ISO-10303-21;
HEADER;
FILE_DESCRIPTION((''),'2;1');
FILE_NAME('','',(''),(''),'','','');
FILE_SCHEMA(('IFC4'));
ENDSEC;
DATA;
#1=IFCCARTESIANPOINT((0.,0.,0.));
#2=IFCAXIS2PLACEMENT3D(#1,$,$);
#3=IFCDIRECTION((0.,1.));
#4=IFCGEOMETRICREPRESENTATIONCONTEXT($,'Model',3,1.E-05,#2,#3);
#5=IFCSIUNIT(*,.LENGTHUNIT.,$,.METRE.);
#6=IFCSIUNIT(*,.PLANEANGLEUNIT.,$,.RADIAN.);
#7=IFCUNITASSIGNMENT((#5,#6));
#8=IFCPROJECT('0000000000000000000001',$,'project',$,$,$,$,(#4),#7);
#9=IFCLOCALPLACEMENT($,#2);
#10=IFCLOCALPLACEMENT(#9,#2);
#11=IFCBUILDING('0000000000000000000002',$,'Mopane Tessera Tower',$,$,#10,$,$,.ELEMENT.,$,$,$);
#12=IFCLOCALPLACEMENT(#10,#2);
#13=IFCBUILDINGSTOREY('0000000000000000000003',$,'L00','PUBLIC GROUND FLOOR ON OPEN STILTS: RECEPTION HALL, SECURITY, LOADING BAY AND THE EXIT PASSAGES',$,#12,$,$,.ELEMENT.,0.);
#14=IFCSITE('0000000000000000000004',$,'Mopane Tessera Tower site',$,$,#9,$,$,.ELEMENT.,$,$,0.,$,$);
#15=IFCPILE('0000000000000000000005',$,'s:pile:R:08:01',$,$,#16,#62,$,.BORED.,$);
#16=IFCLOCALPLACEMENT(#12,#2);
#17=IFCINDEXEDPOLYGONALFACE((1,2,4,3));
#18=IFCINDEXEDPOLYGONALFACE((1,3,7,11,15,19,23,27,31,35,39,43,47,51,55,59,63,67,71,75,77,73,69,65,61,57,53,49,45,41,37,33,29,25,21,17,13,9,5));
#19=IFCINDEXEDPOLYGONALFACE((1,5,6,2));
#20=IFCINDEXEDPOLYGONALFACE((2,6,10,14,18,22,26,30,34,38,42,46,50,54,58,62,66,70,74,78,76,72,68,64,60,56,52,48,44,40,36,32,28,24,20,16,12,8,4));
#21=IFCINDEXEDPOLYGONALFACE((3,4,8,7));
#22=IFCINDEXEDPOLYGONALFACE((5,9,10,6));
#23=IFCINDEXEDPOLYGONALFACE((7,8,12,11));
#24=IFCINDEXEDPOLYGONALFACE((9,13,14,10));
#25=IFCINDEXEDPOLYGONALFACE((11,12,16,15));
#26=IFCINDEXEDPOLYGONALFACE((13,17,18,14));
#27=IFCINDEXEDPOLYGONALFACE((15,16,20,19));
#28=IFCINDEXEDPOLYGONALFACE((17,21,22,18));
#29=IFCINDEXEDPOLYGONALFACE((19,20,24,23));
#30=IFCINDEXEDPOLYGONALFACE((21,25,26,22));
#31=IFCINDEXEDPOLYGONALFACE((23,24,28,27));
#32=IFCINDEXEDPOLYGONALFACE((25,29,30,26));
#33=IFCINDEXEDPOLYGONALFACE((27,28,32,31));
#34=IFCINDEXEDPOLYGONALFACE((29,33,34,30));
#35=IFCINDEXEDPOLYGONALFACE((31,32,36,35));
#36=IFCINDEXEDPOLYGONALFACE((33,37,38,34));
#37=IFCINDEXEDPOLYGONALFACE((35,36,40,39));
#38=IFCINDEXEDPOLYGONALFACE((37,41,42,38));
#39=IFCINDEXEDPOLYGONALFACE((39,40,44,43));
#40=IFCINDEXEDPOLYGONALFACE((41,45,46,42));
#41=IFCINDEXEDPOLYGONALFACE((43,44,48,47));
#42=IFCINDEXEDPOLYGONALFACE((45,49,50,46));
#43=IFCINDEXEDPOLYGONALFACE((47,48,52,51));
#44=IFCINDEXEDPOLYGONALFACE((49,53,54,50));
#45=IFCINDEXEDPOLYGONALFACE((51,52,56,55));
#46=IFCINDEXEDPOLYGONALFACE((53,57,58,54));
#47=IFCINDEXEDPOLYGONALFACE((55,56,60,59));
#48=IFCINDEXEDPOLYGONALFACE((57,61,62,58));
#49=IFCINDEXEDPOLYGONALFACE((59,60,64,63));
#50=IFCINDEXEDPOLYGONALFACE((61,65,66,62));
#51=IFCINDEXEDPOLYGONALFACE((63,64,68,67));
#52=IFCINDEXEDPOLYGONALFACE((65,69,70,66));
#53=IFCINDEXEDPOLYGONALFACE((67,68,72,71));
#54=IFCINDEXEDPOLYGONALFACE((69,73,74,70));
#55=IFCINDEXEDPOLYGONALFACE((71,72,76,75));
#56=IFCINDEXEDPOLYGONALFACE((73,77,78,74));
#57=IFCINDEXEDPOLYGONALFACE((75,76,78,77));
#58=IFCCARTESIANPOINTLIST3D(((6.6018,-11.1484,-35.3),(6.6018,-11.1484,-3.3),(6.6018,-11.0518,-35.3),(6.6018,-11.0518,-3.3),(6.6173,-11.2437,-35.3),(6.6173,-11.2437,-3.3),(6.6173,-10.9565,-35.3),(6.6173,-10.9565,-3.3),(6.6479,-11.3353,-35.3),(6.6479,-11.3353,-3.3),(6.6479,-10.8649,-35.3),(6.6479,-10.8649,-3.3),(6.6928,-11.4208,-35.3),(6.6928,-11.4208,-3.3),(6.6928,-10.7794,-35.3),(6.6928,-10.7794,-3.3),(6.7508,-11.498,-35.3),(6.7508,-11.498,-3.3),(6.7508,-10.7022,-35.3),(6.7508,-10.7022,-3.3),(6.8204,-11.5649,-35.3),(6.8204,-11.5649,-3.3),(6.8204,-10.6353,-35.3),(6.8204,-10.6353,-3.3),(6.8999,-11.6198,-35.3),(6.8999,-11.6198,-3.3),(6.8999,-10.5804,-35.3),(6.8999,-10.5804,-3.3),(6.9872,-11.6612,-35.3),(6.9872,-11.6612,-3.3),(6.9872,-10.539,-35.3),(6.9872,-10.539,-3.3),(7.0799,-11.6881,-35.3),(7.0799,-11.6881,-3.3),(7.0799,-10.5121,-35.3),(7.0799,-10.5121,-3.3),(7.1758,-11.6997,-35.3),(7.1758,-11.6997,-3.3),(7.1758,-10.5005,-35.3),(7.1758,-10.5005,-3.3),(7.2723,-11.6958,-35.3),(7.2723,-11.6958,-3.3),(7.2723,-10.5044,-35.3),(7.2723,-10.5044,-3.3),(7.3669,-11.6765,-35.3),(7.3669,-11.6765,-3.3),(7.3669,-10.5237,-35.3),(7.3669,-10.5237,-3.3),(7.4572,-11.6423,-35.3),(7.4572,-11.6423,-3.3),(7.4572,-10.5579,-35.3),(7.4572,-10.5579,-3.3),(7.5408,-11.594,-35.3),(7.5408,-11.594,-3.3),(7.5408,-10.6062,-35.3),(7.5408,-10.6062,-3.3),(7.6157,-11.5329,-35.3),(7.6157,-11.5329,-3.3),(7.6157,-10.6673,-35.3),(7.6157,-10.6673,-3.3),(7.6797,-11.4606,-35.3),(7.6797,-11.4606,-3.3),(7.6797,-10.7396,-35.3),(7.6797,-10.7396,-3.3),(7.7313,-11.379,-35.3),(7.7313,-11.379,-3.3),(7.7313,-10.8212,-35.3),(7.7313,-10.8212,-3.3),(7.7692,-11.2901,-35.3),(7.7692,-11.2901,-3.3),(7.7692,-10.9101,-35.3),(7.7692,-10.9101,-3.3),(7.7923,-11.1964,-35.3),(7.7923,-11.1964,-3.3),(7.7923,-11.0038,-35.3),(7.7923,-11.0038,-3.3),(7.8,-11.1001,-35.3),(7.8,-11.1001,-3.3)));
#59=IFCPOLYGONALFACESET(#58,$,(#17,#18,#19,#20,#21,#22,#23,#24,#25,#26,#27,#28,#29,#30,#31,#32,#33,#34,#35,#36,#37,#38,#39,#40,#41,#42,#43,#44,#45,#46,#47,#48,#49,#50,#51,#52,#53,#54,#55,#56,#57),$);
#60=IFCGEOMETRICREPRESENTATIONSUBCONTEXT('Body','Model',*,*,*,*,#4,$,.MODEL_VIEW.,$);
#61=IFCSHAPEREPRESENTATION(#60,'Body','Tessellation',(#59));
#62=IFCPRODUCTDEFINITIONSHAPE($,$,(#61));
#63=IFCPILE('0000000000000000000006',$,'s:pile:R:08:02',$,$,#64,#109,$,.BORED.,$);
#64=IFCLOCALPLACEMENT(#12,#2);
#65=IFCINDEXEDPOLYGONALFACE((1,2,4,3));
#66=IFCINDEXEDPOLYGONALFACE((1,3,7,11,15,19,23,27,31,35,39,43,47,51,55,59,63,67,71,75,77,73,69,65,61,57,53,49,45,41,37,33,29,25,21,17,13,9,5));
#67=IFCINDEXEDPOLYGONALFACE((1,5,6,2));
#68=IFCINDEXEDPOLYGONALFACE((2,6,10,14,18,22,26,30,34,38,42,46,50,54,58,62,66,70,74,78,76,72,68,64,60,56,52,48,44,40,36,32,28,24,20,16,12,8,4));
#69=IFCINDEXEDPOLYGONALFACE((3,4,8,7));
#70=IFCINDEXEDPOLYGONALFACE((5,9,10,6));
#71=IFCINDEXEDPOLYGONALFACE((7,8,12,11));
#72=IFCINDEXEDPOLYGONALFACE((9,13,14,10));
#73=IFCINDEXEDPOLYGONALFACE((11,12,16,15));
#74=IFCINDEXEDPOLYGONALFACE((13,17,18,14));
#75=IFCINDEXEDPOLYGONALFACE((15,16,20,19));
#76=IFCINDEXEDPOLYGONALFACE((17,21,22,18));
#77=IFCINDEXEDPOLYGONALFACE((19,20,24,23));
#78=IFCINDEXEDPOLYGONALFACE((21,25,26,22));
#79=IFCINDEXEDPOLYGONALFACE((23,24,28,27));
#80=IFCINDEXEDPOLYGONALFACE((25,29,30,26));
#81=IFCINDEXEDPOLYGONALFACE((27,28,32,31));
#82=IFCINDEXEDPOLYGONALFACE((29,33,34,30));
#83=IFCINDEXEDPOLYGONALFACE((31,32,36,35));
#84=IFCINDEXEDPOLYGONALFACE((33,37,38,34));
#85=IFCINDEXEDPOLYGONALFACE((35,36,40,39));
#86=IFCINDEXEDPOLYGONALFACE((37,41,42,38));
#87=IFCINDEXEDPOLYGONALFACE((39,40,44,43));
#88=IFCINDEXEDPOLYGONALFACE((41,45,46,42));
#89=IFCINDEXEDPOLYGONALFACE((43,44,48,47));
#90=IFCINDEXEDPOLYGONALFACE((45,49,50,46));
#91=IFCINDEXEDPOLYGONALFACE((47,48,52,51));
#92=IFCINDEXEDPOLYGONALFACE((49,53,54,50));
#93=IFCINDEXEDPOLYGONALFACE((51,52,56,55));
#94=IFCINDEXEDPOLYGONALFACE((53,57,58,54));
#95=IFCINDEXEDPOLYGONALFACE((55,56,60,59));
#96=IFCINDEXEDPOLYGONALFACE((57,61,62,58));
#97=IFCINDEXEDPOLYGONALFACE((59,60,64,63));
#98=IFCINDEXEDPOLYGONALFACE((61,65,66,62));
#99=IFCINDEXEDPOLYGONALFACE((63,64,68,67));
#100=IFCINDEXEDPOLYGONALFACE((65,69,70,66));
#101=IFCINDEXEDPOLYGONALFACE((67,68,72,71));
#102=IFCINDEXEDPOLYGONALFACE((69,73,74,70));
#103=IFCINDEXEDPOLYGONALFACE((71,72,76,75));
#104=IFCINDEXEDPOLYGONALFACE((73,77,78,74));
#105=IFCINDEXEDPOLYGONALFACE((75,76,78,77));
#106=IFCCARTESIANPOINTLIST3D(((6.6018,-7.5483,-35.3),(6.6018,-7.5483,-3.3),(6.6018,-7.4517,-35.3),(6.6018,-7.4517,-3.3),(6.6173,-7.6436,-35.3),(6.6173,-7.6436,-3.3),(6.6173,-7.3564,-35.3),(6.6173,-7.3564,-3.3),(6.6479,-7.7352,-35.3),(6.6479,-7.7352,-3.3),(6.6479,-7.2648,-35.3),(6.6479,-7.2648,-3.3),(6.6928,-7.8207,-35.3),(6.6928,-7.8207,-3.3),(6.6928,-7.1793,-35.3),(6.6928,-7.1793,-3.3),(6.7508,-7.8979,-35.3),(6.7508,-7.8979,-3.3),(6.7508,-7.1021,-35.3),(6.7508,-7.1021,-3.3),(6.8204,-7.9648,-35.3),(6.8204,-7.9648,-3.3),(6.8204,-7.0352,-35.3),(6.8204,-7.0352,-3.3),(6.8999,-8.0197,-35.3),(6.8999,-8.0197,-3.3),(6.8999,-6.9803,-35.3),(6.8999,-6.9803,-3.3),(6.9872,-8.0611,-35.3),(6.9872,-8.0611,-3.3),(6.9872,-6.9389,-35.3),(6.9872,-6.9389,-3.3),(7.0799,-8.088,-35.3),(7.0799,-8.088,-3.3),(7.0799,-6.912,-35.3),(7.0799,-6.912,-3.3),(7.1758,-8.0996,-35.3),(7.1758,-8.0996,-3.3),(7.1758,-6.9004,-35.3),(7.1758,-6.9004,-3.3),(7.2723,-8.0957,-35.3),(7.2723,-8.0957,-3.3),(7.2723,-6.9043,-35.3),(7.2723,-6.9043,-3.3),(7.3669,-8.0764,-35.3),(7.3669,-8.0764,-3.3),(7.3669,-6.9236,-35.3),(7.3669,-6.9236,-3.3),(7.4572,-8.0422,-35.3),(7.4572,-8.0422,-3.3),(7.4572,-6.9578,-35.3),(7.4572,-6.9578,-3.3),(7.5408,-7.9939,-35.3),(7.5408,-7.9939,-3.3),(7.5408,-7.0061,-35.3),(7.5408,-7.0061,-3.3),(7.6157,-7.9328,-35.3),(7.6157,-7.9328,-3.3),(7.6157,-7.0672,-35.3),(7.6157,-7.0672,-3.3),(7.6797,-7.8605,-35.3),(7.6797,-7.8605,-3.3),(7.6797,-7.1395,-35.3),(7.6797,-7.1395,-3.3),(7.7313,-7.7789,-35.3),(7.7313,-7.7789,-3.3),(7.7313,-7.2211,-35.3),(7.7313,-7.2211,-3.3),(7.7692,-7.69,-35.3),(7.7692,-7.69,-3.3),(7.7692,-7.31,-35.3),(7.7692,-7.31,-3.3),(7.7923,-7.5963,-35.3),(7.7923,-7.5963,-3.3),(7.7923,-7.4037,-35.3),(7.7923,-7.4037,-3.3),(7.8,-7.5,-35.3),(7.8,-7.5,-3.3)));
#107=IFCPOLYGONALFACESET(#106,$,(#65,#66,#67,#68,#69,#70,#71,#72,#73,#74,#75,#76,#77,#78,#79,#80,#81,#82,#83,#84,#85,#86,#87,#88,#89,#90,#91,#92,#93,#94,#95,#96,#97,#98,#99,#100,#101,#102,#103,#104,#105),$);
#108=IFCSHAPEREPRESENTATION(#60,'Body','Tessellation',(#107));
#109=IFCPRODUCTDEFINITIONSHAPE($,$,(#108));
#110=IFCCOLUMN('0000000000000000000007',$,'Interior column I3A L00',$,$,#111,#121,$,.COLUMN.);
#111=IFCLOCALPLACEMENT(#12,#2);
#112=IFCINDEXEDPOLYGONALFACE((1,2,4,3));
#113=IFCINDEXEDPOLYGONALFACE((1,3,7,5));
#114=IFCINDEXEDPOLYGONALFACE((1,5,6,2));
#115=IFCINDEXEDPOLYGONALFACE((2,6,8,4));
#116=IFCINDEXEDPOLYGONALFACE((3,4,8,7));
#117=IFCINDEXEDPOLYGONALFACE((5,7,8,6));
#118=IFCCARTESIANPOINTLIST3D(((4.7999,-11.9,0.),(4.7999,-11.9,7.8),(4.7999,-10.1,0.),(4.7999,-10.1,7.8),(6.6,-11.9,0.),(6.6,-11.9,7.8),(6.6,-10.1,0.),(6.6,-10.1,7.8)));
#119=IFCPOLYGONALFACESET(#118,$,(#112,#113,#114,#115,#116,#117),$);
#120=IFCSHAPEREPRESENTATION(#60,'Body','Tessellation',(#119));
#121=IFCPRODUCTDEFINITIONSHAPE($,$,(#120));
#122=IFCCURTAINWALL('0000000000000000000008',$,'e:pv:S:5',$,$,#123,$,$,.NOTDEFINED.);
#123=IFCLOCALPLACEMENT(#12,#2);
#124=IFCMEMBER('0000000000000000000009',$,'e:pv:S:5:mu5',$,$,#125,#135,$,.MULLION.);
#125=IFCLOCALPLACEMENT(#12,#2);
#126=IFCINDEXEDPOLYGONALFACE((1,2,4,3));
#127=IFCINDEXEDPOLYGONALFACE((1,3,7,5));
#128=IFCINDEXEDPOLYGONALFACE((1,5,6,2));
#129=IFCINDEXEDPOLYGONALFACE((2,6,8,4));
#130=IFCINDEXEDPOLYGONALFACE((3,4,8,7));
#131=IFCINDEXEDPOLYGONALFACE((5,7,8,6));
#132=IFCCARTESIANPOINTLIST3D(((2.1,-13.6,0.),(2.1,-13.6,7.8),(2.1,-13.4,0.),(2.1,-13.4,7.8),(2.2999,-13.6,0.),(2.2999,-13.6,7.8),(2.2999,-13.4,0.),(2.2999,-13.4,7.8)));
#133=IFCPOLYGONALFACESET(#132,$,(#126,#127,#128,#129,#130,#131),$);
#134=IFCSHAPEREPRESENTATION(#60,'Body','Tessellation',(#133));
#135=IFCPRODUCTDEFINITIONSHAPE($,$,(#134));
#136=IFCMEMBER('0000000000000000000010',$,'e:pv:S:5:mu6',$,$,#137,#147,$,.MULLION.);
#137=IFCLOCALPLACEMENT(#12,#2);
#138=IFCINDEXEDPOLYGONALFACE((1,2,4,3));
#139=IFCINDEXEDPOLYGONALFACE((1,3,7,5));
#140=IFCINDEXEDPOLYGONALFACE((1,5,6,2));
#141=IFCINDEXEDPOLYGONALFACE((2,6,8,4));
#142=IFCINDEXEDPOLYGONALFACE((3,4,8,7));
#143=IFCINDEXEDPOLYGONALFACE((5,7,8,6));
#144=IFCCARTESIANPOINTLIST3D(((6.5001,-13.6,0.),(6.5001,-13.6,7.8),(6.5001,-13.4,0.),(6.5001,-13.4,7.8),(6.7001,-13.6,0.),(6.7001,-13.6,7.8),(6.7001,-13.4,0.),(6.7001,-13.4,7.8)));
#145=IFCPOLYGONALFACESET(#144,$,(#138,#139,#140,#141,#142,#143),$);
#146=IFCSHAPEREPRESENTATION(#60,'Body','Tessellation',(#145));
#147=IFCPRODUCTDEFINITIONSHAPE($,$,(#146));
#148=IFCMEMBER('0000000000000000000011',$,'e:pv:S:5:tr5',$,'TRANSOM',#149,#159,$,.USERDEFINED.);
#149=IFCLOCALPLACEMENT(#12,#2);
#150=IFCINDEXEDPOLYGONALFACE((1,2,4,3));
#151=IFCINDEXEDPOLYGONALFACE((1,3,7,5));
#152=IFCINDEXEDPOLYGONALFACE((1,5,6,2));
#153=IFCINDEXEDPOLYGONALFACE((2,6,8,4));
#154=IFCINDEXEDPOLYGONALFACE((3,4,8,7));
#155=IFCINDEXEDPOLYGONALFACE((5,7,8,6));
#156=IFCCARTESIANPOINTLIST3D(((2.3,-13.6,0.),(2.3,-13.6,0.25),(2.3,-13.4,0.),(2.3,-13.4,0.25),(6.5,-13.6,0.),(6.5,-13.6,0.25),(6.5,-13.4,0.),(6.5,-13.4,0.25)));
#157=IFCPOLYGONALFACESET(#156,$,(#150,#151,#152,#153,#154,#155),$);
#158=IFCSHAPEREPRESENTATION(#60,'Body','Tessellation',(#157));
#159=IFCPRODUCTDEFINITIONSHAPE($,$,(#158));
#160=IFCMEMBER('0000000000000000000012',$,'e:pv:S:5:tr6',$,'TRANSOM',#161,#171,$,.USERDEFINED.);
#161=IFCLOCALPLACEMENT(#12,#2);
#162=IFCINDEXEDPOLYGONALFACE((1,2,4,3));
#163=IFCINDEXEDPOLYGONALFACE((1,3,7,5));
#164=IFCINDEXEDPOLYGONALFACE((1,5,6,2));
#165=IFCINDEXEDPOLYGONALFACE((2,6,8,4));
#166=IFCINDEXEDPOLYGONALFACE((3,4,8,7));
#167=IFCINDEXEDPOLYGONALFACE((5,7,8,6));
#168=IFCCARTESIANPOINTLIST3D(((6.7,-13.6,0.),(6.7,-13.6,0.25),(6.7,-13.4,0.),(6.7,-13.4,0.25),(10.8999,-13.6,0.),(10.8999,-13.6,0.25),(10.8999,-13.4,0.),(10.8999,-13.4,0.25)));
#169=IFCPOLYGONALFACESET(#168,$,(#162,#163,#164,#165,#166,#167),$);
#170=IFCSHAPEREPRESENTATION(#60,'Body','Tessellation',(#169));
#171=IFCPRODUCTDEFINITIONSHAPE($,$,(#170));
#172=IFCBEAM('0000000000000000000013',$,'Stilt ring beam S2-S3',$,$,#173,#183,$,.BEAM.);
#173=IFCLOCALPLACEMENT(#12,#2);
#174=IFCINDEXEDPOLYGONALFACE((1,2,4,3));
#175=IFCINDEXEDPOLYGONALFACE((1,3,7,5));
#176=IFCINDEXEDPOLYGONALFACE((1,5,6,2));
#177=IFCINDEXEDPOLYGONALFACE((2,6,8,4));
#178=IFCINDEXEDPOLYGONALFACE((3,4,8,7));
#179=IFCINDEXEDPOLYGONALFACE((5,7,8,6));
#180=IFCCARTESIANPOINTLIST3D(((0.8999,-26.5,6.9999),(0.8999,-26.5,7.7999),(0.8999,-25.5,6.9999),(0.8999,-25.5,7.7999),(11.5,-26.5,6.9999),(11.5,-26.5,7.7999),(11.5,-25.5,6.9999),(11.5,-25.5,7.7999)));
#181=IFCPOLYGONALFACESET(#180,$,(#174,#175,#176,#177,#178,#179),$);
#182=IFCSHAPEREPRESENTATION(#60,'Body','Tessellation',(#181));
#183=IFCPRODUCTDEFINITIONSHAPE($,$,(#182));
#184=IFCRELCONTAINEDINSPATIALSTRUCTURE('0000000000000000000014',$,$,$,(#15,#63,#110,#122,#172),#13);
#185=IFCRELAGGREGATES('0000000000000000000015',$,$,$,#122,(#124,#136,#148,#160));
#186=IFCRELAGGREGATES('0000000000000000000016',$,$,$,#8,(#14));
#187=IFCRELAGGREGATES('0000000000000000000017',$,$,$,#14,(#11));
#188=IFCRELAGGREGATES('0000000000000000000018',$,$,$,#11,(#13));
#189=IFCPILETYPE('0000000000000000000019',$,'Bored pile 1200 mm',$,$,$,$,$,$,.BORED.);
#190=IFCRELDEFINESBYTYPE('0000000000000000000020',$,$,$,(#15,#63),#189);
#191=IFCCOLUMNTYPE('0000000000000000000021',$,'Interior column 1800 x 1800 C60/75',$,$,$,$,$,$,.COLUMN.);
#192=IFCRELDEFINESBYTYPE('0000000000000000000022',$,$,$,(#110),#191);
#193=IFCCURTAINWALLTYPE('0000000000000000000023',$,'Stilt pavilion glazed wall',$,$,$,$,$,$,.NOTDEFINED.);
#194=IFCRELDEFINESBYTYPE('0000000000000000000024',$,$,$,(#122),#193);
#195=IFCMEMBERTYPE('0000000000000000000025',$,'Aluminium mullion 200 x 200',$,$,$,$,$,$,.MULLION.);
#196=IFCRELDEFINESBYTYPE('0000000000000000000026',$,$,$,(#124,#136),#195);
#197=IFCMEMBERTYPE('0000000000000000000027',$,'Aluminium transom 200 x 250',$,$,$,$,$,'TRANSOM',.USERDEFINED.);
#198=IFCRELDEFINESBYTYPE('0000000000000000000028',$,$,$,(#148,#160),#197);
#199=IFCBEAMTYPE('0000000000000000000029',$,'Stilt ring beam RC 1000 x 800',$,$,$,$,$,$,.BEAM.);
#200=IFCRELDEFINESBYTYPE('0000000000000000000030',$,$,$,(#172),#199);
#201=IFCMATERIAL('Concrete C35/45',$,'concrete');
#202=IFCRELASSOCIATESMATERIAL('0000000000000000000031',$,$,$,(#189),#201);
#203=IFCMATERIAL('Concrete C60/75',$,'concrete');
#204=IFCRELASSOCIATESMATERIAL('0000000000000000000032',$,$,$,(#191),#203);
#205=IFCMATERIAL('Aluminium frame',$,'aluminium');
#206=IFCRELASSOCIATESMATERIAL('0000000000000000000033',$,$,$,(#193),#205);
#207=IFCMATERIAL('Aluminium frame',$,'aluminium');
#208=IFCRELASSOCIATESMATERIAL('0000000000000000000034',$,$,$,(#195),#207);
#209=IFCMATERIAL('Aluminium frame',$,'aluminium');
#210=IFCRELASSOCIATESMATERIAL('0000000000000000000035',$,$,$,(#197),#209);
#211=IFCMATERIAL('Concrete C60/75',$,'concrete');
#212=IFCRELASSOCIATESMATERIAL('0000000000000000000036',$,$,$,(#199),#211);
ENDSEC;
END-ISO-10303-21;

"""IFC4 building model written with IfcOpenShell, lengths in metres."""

from ifc_helpers import new_model, si_unit, direction, frame, origin, origin_2d, place, context, subcontext, project, spatial, rectangle, circle, extrude, material, material_profile, profile_set, type_object, element, aggregate, save


model = new_model("IFC4")

# Units and contexts
model_context = context("Model", 3, precision=1e-05, world=origin(), true_north=direction((0.0, 1.0)))
body_context = subcontext(model_context, "Body", "Model", "MODEL_VIEW")
ifc_project = project(units=[si_unit("LENGTHUNIT", "METRE"), si_unit("PLANEANGLEUNIT", "RADIAN")], contexts=[model_context])

# Site, building, storey
site_placement = place(None, origin())
site = spatial("IfcSite", under=ifc_project, at=site_placement, Name="Mopane Tessera Tower site", CompositionType="ELEMENT", RefElevation=0.0)
building_placement = place(site_placement, origin())
building = spatial("IfcBuilding", under=site, at=building_placement, Name="Mopane Tessera Tower", CompositionType="ELEMENT")
storey_placement = place(building_placement, origin())
storey = spatial("IfcBuildingStorey", under=building, at=storey_placement, Name="L00", Description="PUBLIC GROUND FLOOR ON OPEN STILTS: RECEPTION HALL, SECURITY, LOADING BAY AND THE EXIT PASSAGES", CompositionType="ELEMENT", Elevation=0.0)

# Piles
ifc_material_1 = material(Name="Concrete C35/45", Category="concrete")
ifc_material_profile_1 = material_profile(ifc_material_1, circle(Radius=0.6001, at=origin_2d()))
ifc_profile_set_1 = profile_set([ifc_material_profile_1], Name="Concrete C35/45")
pile_type_1 = type_object("IfcPileType", Name="Bored pile 1200 mm", PredefinedType="BORED", material=ifc_profile_set_1)
for number, where, z_axis, x_axis, name in (
    (1, (7.2, -11.1001, -3.3), (0.0, 0.0, -1.0), (1.0, 0.0, 0.0), "s:pile:R:08:01"),
    (2, (7.2, -7.5, -3.3), (0.0, 0.0, -1.0), (1.0, 0.0, 0.0), "s:pile:R:08:02"),
):
    element("IfcPile", number, at=place(storey_placement, frame(where, z_axis=z_axis, x_axis=x_axis)), inside=storey, type_object=pile_type_1, Name=name, PredefinedType="BORED", context=body_context, shape_type="SweptSolid", body=[
        extrude(circle(Radius=0.6001, at=origin_2d()), origin(), (0.0, 0.0, 1.0), 32.0),
    ])

# Column
ifc_material_2 = material(Name="Concrete C60/75", Category="concrete")
ifc_material_profile_2 = material_profile(ifc_material_2, rectangle(XDim=1.8, YDim=1.8, at=origin_2d()))
ifc_profile_set_2 = profile_set([ifc_material_profile_2], Name="Concrete C60/75")
column_type = type_object("IfcColumnType", Name="Interior column 1800 x 1800 C60/75", PredefinedType="COLUMN", material=ifc_profile_set_2)
column_placement = place(storey_placement, frame((5.7, -11.0, 0.0), z_axis=(0.0, 0.0, 1.0), x_axis=(1.0, 0.0, 0.0)))
element("IfcColumn", 3, at=column_placement, inside=storey, type_object=column_type, Name="Interior column I3A L00", PredefinedType="COLUMN", context=body_context, shape_type="SweptSolid", body=[
    extrude(rectangle(XDim=1.8, YDim=1.8, at=origin_2d()), origin(), (0.0, 0.0, 1.0), 7.8),
])

# Curtain wall, members
ifc_material_3 = material(Name="Aluminium frame", Category="aluminium")
curtain_wall_type = type_object("IfcCurtainWallType", Name="Stilt pavilion glazed wall", PredefinedType="NOTDEFINED", material=ifc_material_3)
curtain_wall_placement = place(storey_placement, origin())
curtain_wall = element("IfcCurtainWall", 4, at=curtain_wall_placement, inside=storey, type_object=curtain_wall_type, Name="e:pv:S:5", PredefinedType="NOTDEFINED")
ifc_material_4 = material(Name="Aluminium frame", Category="aluminium")
ifc_material_profile_3 = material_profile(ifc_material_4, rectangle(XDim=0.2, YDim=0.2, at=origin_2d()))
ifc_profile_set_3 = profile_set([ifc_material_profile_3], Name="Aluminium frame")
member_type_1 = type_object("IfcMemberType", Name="Aluminium mullion 200 x 200", PredefinedType="MULLION", material=ifc_profile_set_3)
member_1_placement = place(storey_placement, frame((2.2, -13.5, 0.0), z_axis=(0.0, 0.0, 1.0), x_axis=(1.0, 0.0, 0.0)))
member_1 = element("IfcMember", 5, at=member_1_placement, type_object=member_type_1, Name="e:pv:S:5:mu5", PredefinedType="MULLION", context=body_context, shape_type="SweptSolid", body=[
    extrude(rectangle(XDim=0.2, YDim=0.2, at=origin_2d()), origin(), (0.0, 0.0, 1.0), 7.8),
])
member_2_placement = place(storey_placement, frame((6.6001, -13.5, 0.0), z_axis=(0.0, 0.0, 1.0), x_axis=(1.0, 0.0, 0.0)))
member_2 = element("IfcMember", 6, at=member_2_placement, type_object=member_type_1, Name="e:pv:S:5:mu6", PredefinedType="MULLION", context=body_context, shape_type="SweptSolid", body=[
    extrude(rectangle(XDim=0.2, YDim=0.2, at=origin_2d()), origin(), (0.0, 0.0, 1.0), 7.8),
])
ifc_material_5 = material(Name="Aluminium frame", Category="aluminium")
ifc_material_profile_4 = material_profile(ifc_material_5, rectangle(XDim=0.2, YDim=0.25, at=origin_2d()))
ifc_profile_set_4 = profile_set([ifc_material_profile_4], Name="Aluminium frame")
member_type_2 = type_object("IfcMemberType", Name="Aluminium transom 200 x 250", ElementType="TRANSOM", PredefinedType="USERDEFINED", material=ifc_profile_set_4)
member_3_placement = place(storey_placement, frame((2.3, -13.5, 0.125), z_axis=(1.0, 0.0, 0.0), x_axis=(0.0, 1.0, 0.0)))
member_3 = element("IfcMember", 7, at=member_3_placement, type_object=member_type_2, Name="e:pv:S:5:tr5", ObjectType="TRANSOM", PredefinedType="USERDEFINED", context=body_context, shape_type="SweptSolid", body=[
    extrude(rectangle(XDim=0.2, YDim=0.25, at=origin_2d()), origin(), (0.0, 0.0, 1.0), 4.2),
])
member_4_placement = place(storey_placement, frame((6.7, -13.5, 0.125), z_axis=(1.0, 0.0, 0.0), x_axis=(0.0, 1.0, 0.0)))
member_4 = element("IfcMember", 8, at=member_4_placement, type_object=member_type_2, Name="e:pv:S:5:tr6", ObjectType="TRANSOM", PredefinedType="USERDEFINED", context=body_context, shape_type="SweptSolid", body=[
    extrude(rectangle(XDim=0.2, YDim=0.25, at=origin_2d()), origin(), (0.0, 0.0, 1.0), 4.2),
])

# Beam
ifc_material_6 = material(Name="Concrete C60/75", Category="concrete")
ifc_material_profile_5 = material_profile(ifc_material_6, rectangle(XDim=1.0, YDim=0.8, at=origin_2d()))
ifc_profile_set_5 = profile_set([ifc_material_profile_5], Name="Concrete C60/75")
beam_type = type_object("IfcBeamType", Name="Stilt ring beam RC 1000 x 800", PredefinedType="BEAM", material=ifc_profile_set_5)
beam_placement = place(storey_placement, frame((0.8999, -26.0, 7.3999), z_axis=(1.0, 0.0, 0.0), x_axis=(0.0, 1.0, 0.0)))
element("IfcBeam", 9, at=beam_placement, inside=storey, type_object=beam_type, Name="Stilt ring beam S2-S3", PredefinedType="BEAM", context=body_context, shape_type="SweptSolid", body=[
    extrude(rectangle(XDim=1.0, YDim=0.8, at=origin_2d()), origin(), (0.0, 0.0, 1.0), 10.6001),
])

aggregate(curtain_wall, [member_1, member_2, member_3, member_4])

save(model, "model.ifc")
